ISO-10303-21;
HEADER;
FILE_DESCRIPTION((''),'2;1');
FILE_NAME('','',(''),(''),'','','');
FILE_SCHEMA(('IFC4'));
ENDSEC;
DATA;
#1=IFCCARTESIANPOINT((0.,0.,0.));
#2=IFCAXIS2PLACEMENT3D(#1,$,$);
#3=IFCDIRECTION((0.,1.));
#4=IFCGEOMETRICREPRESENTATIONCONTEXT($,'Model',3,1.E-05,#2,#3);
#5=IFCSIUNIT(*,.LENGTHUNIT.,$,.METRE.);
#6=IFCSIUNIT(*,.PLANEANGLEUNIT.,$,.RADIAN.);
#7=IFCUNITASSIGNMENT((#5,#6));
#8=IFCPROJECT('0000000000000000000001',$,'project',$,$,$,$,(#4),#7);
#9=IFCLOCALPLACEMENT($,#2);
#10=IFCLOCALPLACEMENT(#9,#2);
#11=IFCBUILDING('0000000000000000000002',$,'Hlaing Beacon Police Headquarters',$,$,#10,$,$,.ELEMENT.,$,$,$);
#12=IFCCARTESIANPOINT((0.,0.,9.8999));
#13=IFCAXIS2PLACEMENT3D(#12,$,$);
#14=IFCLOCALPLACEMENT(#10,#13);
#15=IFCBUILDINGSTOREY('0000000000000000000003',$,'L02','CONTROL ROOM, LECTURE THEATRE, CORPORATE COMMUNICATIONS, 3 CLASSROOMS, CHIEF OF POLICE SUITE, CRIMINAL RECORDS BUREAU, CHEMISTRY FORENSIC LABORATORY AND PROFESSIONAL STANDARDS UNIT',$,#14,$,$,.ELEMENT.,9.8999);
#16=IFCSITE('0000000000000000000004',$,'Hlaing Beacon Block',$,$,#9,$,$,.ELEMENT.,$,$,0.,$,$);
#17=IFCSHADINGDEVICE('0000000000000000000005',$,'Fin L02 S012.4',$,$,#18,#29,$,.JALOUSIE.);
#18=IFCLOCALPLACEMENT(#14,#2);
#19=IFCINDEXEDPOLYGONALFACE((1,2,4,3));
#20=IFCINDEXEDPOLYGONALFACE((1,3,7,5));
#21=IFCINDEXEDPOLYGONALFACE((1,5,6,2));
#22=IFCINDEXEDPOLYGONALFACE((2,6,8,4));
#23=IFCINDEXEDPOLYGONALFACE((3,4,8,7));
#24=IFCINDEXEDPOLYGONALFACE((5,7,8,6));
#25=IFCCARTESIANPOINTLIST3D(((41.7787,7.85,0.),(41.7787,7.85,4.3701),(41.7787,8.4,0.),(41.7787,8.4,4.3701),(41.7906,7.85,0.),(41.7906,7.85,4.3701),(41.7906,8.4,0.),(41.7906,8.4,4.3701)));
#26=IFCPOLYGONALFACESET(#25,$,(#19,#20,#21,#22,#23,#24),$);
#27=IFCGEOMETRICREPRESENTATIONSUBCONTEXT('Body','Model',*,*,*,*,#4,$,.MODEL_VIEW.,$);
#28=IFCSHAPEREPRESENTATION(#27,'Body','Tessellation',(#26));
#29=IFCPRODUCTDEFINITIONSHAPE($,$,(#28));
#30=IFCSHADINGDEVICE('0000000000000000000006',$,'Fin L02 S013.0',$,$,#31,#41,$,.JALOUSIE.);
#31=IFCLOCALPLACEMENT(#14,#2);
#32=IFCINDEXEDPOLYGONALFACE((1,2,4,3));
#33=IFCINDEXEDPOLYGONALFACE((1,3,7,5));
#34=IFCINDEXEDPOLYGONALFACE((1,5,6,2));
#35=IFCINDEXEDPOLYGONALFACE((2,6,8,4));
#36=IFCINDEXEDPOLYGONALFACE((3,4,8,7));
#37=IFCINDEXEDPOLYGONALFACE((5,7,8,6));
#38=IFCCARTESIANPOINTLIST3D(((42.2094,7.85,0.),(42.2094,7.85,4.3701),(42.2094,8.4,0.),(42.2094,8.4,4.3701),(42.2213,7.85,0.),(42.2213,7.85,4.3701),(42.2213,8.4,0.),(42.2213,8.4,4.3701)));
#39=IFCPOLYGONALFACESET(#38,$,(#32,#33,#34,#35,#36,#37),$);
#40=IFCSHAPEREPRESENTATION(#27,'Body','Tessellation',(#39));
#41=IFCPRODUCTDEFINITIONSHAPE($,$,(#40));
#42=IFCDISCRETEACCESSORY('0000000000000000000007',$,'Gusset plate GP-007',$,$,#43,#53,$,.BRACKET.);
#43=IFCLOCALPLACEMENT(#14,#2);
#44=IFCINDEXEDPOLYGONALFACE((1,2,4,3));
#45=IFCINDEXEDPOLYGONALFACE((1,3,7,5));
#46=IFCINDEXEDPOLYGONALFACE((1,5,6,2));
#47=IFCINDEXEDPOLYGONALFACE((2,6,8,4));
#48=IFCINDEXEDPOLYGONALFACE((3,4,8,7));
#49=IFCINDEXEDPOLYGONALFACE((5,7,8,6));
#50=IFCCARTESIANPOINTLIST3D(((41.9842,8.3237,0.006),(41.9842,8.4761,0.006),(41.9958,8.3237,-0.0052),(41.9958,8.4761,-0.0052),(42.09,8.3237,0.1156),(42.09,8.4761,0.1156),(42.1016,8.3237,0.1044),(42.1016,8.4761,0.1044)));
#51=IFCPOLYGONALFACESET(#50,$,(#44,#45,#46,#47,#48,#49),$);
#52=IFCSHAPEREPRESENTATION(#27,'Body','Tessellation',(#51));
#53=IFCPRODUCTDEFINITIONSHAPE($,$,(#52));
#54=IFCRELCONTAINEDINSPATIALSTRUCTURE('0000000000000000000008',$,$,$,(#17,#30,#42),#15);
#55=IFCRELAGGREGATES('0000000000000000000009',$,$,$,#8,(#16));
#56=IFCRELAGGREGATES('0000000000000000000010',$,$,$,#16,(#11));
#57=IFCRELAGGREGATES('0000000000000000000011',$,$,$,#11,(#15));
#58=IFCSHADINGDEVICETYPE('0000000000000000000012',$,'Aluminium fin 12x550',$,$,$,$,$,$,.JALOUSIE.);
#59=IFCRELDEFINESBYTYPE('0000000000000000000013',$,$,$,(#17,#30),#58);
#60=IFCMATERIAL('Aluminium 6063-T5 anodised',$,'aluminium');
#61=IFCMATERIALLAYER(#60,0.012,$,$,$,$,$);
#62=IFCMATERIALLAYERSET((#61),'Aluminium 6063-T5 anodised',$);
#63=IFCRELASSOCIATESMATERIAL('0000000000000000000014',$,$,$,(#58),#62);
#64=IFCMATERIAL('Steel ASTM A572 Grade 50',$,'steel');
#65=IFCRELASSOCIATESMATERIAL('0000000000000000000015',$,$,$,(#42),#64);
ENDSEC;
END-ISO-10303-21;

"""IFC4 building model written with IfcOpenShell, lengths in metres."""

from ifc_helpers import new_model, si_unit, direction, frame, origin, origin_2d, place, context, subcontext, project, spatial, rectangle, extrude, material, layer, layer_set, type_object, element, save


model = new_model("IFC4")

# Units and contexts
model_context = context("Model", 3, precision=1e-05, world=origin(), true_north=direction((0.0, 1.0)))
body_context = subcontext(model_context, "Body", "Model", "MODEL_VIEW")
ifc_project = project(units=[si_unit("LENGTHUNIT", "METRE"), si_unit("PLANEANGLEUNIT", "RADIAN")], contexts=[model_context])

# Site, building, storey
site_placement = place(None, origin())
site = spatial("IfcSite", under=ifc_project, at=site_placement, Name="Hlaing Beacon Block", CompositionType="ELEMENT", RefElevation=0.0)
building_placement = place(site_placement, origin())
building = spatial("IfcBuilding", under=site, at=building_placement, Name="Hlaing Beacon Police Headquarters", CompositionType="ELEMENT")
storey_placement = place(building_placement, frame((0.0, 0.0, 9.8999)))
storey = spatial("IfcBuildingStorey", under=building, at=storey_placement, Name="L02", Description="CONTROL ROOM, LECTURE THEATRE, CORPORATE COMMUNICATIONS, 3 CLASSROOMS, CHIEF OF POLICE SUITE, CRIMINAL RECORDS BUREAU, CHEMISTRY FORENSIC LABORATORY AND PROFESSIONAL STANDARDS UNIT", CompositionType="ELEMENT", Elevation=9.8999)

# Shading devices
ifc_material_1 = material(Name="Aluminium 6063-T5 anodised", Category="aluminium")
ifc_layer_1 = layer(ifc_material_1, 0.012)
ifc_layer_set_1 = layer_set([ifc_layer_1], Name="Aluminium 6063-T5 anodised")
shading_device_type = type_object("IfcShadingDeviceType", Name="Aluminium fin 12x550", PredefinedType="JALOUSIE", material=ifc_layer_set_1)
for number, where, z_axis, x_axis, name in (
    (1, (41.7847, 8.125, 0.0), (0.0, 0.0, 1.0), (1.0, 0.0, 0.0), "Fin L02 S012.4"),
    (2, (42.2153, 8.125, 0.0), (0.0, 0.0, 1.0), (1.0, 0.0, 0.0), "Fin L02 S013.0"),
):
    element("IfcShadingDevice", number, at=place(storey_placement, frame(where, z_axis=z_axis, x_axis=x_axis)), inside=storey, type_object=shading_device_type, Name=name, PredefinedType="JALOUSIE", context=body_context, shape_type="SweptSolid", body=[
        extrude(rectangle(XDim=0.012, YDim=0.55, at=origin_2d()), origin(), (0.0, 0.0, 1.0), 4.3701),
    ])

# Discrete accessory
ifc_material_2 = material(Name="Steel ASTM A572 Grade 50", Category="steel")
discrete_accessory_placement = place(storey_placement, frame((42.0371, 8.3999, 0.0608), z_axis=(0.7199, 0.0, -0.694078), x_axis=(0.0, 1.0, 0.0)))
element("IfcDiscreteAccessory", 3, at=discrete_accessory_placement, inside=storey, material=ifc_material_2, Name="Gusset plate GP-007", PredefinedType="BRACKET", context=body_context, shape_type="SweptSolid", body=[
    extrude(rectangle(XDim=0.1523, YDim=0.1523, at=origin_2d()), origin(), (0.0, 0.0, 1.0), 0.0161),
])

save(model, "model.ifc")
